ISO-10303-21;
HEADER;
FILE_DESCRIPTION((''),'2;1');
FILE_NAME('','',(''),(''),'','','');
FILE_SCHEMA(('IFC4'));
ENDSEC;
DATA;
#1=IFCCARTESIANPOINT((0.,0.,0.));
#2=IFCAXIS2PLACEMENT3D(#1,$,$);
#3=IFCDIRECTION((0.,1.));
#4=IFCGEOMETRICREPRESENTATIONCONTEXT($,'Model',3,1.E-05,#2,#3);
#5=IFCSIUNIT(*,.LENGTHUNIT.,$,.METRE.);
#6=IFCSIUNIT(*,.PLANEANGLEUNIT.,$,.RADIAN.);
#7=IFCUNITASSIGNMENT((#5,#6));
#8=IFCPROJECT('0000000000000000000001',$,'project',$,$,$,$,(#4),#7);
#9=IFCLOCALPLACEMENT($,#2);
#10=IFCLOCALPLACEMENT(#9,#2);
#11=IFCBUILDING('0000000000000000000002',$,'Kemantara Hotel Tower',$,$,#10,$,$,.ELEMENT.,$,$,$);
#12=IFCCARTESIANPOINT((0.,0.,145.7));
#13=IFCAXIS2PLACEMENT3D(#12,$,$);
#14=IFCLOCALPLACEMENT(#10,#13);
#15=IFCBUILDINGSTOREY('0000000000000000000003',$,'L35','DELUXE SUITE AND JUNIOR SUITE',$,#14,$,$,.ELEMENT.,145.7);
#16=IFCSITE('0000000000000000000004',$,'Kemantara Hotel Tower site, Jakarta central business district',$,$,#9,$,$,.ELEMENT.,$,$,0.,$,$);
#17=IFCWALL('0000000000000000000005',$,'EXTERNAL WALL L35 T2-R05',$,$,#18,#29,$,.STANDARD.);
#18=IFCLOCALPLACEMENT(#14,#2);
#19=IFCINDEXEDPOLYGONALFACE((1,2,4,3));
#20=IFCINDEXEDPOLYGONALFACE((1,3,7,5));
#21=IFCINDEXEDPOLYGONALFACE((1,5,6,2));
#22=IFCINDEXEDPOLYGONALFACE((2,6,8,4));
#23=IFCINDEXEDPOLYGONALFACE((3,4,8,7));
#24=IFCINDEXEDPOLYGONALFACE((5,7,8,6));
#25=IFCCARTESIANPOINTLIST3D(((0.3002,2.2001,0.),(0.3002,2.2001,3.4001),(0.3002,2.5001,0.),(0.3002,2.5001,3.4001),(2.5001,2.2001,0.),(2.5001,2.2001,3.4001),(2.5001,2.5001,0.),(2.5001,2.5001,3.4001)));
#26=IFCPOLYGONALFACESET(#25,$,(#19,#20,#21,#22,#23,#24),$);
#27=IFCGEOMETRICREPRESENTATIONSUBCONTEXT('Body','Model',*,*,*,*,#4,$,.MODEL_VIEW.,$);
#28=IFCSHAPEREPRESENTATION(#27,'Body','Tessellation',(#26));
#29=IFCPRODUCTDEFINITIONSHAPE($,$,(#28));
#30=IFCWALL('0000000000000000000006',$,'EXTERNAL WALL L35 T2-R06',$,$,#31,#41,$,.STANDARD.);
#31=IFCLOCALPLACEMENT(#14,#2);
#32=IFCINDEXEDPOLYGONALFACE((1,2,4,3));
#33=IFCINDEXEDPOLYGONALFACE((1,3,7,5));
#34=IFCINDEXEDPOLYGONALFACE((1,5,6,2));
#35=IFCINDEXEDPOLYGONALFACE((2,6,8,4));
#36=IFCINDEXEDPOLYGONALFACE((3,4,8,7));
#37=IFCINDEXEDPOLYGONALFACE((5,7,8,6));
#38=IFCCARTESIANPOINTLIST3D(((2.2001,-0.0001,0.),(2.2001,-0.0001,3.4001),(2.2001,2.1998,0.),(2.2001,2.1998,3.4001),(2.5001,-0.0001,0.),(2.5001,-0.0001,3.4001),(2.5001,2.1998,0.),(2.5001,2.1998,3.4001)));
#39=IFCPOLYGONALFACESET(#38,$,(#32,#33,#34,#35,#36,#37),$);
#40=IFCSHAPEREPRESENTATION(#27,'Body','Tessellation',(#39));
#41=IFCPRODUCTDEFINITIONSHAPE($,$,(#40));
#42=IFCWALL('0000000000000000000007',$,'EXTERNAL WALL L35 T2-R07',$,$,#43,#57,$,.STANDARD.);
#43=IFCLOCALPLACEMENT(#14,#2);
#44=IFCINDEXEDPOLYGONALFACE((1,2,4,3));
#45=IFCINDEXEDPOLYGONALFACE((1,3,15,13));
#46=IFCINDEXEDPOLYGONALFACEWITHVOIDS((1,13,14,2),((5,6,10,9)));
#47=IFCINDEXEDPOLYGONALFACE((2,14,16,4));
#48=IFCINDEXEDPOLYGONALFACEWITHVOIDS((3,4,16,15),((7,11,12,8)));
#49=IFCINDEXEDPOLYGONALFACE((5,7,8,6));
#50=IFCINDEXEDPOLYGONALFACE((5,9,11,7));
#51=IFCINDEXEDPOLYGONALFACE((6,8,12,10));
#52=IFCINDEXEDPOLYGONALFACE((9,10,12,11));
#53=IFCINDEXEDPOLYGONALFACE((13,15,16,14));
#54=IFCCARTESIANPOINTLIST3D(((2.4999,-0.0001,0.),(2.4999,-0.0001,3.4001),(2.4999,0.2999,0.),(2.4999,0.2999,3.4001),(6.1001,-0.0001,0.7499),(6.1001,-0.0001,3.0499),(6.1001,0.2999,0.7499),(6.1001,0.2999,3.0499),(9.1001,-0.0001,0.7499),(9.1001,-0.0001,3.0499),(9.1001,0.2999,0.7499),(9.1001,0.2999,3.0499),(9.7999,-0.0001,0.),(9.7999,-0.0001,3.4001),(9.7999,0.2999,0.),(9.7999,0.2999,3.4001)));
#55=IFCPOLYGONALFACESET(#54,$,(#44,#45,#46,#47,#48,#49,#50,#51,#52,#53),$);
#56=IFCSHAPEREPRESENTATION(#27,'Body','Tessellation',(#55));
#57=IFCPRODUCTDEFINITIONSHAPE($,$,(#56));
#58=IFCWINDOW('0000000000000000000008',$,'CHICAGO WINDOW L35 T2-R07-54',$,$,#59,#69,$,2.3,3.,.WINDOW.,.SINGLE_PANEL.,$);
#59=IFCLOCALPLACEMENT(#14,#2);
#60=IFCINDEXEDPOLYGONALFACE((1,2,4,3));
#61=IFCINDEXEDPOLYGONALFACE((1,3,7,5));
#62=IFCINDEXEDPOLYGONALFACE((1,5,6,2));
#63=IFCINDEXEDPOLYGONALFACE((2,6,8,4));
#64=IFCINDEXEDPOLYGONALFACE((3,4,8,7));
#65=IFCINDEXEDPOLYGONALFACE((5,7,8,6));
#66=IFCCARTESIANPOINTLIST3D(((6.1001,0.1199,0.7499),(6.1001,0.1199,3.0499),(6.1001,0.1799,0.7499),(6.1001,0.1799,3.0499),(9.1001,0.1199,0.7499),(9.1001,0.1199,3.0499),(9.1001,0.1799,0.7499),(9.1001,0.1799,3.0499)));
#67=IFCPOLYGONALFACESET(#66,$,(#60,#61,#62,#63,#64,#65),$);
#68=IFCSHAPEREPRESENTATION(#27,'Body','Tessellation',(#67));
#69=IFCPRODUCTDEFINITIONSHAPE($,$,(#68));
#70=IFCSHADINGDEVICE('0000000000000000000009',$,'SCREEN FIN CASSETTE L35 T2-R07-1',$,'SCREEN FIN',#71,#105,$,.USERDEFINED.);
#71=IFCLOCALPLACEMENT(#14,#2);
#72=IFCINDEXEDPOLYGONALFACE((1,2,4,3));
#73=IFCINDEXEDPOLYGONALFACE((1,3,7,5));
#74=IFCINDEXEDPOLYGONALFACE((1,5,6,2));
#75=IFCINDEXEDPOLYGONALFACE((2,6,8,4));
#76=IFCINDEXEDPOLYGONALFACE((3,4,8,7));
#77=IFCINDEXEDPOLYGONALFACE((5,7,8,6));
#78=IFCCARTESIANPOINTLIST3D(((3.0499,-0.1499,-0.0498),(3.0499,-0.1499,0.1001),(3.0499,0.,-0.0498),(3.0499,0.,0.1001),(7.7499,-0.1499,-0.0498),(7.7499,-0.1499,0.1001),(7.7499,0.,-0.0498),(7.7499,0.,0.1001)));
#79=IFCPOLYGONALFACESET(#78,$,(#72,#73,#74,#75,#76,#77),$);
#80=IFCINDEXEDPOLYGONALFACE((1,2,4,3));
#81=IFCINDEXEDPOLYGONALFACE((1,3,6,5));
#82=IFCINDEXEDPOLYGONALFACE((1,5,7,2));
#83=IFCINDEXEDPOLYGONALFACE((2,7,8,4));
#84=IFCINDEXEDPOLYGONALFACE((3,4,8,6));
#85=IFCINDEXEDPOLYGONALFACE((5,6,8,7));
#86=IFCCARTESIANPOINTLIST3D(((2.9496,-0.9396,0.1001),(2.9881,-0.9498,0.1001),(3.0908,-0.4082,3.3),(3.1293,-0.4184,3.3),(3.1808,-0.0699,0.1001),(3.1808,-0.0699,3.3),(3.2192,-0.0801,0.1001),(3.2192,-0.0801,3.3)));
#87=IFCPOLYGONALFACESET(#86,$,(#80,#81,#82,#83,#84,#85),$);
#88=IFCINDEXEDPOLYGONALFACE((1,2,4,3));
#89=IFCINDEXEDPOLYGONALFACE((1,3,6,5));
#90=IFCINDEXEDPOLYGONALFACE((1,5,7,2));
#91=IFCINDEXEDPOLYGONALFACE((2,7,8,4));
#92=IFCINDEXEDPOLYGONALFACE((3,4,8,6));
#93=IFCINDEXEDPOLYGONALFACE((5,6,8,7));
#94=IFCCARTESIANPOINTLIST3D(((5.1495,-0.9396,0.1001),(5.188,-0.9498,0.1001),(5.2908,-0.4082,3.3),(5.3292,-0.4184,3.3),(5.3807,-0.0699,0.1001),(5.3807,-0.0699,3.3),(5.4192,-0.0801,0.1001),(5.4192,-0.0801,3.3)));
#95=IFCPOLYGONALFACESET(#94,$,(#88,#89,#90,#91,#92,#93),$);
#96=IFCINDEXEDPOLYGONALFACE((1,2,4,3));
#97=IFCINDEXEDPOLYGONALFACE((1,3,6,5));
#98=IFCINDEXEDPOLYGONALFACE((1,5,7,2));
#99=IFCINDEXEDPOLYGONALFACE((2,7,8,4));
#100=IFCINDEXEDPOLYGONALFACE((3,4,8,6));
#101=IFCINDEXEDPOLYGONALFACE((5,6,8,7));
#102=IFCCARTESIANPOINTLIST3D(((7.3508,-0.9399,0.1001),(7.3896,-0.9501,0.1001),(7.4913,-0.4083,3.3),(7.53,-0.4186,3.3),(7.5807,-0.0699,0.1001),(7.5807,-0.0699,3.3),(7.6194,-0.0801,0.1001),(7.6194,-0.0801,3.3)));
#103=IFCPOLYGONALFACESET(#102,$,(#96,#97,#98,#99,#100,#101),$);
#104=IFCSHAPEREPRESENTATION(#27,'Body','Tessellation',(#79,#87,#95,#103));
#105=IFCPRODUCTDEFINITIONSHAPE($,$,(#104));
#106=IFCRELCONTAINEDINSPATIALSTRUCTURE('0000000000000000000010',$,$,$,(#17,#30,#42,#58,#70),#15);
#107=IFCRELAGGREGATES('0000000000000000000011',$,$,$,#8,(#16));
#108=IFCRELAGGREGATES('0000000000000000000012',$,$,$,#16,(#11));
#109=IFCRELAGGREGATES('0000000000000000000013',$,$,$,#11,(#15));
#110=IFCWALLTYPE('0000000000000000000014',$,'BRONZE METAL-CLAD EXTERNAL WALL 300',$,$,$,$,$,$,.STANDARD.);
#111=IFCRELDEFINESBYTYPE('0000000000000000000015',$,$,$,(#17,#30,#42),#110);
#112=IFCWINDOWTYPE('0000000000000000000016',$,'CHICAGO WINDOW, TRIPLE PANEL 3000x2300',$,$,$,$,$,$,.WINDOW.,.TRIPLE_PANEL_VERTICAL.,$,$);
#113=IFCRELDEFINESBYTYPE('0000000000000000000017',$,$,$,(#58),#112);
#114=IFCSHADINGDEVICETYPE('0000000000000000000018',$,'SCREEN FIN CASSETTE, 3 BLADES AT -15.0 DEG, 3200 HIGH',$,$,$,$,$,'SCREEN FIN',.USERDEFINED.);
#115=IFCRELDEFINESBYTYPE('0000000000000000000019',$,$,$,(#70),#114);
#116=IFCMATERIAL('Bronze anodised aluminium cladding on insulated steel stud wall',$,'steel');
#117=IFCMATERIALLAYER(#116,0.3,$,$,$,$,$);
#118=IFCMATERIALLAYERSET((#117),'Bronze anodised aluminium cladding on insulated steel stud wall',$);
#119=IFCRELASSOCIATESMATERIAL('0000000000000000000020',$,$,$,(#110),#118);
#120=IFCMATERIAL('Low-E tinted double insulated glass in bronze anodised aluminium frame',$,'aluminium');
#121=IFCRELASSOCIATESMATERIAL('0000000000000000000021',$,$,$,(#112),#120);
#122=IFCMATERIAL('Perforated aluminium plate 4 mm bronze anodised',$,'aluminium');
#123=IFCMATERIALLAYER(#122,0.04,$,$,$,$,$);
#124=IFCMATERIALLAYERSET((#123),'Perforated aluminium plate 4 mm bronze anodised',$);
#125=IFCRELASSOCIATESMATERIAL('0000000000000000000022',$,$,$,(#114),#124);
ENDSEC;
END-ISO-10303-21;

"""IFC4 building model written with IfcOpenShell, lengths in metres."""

from ifc_helpers import new_model, si_unit, direction, frame, frame_2d, origin, origin_2d, place, context, subcontext, project, spatial, polyline, rectangle, outline, extrude, source, transform, mapped, material, layer, layer_set, type_object, element, fill, save


model = new_model("IFC4")

# Units and contexts
model_context = context("Model", 3, precision=1e-05, world=origin(), true_north=direction((0.0, 1.0)))
body_context = subcontext(model_context, "Body", "Model", "MODEL_VIEW")
ifc_project = project(units=[si_unit("LENGTHUNIT", "METRE"), si_unit("PLANEANGLEUNIT", "RADIAN")], contexts=[model_context])

# Site, building, storey
site_placement = place(None, origin())
site = spatial("IfcSite", under=ifc_project, at=site_placement, Name="Kemantara Hotel Tower site, Jakarta central business district", CompositionType="ELEMENT", RefElevation=0.0)
building_placement = place(site_placement, origin())
building = spatial("IfcBuilding", under=site, at=building_placement, Name="Kemantara Hotel Tower", CompositionType="ELEMENT")
storey_placement = place(building_placement, frame((0.0, 0.0, 145.7)))
storey = spatial("IfcBuildingStorey", under=building, at=storey_placement, Name="L35", Description="DELUXE SUITE AND JUNIOR SUITE", CompositionType="ELEMENT", Elevation=145.7)

# Walls
ifc_material_1 = material(Name="Bronze anodised aluminium cladding on insulated steel stud wall", Category="steel")
ifc_layer_1 = layer(ifc_material_1, 0.3)
ifc_layer_set_1 = layer_set([ifc_layer_1], Name="Bronze anodised aluminium cladding on insulated steel stud wall")
wall_type = type_object("IfcWallType", Name="BRONZE METAL-CLAD EXTERNAL WALL 300", PredefinedType="STANDARD", material=ifc_layer_set_1)
for number, where, z_axis, x_axis, name in (
    (1, (0.3, 2.3501, 0.0), (0.0, 0.0, 1.0), (1.0, 0.0, 0.0), "EXTERNAL WALL L35 T2-R05"),
    (2, (2.3501, 2.2, 0.0), (0.0, 0.0, 1.0), (0.0, -1.0, 0.0), "EXTERNAL WALL L35 T2-R06"),
):
    element("IfcWall", number, at=place(storey_placement, frame(where, z_axis=z_axis, x_axis=x_axis)), inside=storey, type_object=wall_type, Name=name, PredefinedType="STANDARD", context=body_context, shape_type="SweptSolid", body=[
        extrude(rectangle(XDim=2.2, YDim=0.3, at=frame_2d((1.1001, 0.0))), origin(), (0.0, 0.0, 1.0), 3.4001),
    ])

# Wall, opening, window
wall_placement = place(storey_placement, frame((2.5, 0.1499, 0.0), z_axis=(0.0, 0.0, 1.0), x_axis=(1.0, 0.0, 0.0)))
wall = element("IfcWall", 3, at=wall_placement, inside=storey, type_object=wall_type, Name="EXTERNAL WALL L35 T2-R07", PredefinedType="STANDARD", context=body_context, shape_type="SweptSolid", body=[
    extrude(rectangle(XDim=7.3, YDim=0.3, at=frame_2d((3.6499, 0.0))), origin(), (0.0, 0.0, 1.0), 3.4001),
])
opening_placement = place(wall_placement, frame((3.6001, 0.0, 0.75)))
opening = element("IfcOpeningElement", 4, at=opening_placement, cuts=wall, PredefinedType="OPENING", context=body_context, shape_type="SweptSolid", body=[
    extrude(rectangle(XDim=3.0, YDim=2.3, at=frame_2d((1.5, 1.1499))), frame((0.0, 0.1599, 0.0), z_axis=(0.0, -1.0, 0.0), x_axis=(1.0, 0.0, 0.0)), (0.0, 0.0, 1.0), 0.3201),
])
ifc_material_2 = material(Name="Low-E tinted double insulated glass in bronze anodised aluminium frame", Category="aluminium")
window_type = type_object("IfcWindowType", Name="CHICAGO WINDOW, TRIPLE PANEL 3000x2300", PartitioningType="TRIPLE_PANEL_VERTICAL", PredefinedType="WINDOW", material=ifc_material_2)
window_placement = place(opening_placement, origin())
window = element("IfcWindow", 5, at=window_placement, inside=storey, type_object=window_type, Name="CHICAGO WINDOW L35 T2-R07-54", OverallHeight=2.3, OverallWidth=3.0, PartitioningType="SINGLE_PANEL", PredefinedType="WINDOW", context=body_context, shape_type="SweptSolid", body=[
    extrude(rectangle(XDim=3.0, YDim=2.3, at=frame_2d((1.5, 1.1499))), frame((0.0, 0.03, 0.0), z_axis=(0.0, -1.0, 0.0), x_axis=(1.0, 0.0, 0.0)), (0.0, 0.0, 1.0), 0.0601),
])
fill(opening, window)

# Shading device
ifc_material_3 = material(Name="Perforated aluminium plate 4 mm bronze anodised", Category="aluminium")
ifc_layer_2 = layer(ifc_material_3, 0.04)
ifc_layer_set_2 = layer_set([ifc_layer_2], Name="Perforated aluminium plate 4 mm bronze anodised")
shading_device_type = type_object("IfcShadingDeviceType", Name="SCREEN FIN CASSETTE, 3 BLADES AT -15.0 DEG, 3200 HIGH", ElementType="SCREEN FIN", PredefinedType="USERDEFINED", material=ifc_layer_set_2)
shared_shape = source(origin(), body_context, "Body", "SweptSolid", [
    extrude(rectangle(XDim=4.7, YDim=0.1499, at=origin_2d()), frame((2.2, -0.075, -0.1499), z_axis=(0.0, 0.0, 1.0), x_axis=(1.0, 0.0, 0.0)), (0.0, 0.0, 1.0), 0.1499),
    extrude(outline(polyline([(0.0, 0.0), (0.8999, 0.0), (0.3501, 3.2), (0.0, 3.2), (0.0, 0.0)])), frame((0.0193, -0.0801, 0.0), z_axis=(-0.966438, 0.256901, 0.0), x_axis=(-0.256901, -0.966438, 0.0)), (0.0, 0.0, 1.0), 0.0398),
    extrude(outline(polyline([(0.0, 0.0), (0.8999, 0.0), (0.3501, 3.2), (0.0, 3.2), (0.0, 0.0)])), frame((2.2192, -0.0801, 0.0), z_axis=(-0.966438, 0.256901, 0.0), x_axis=(-0.256901, -0.966438, 0.0)), (0.0, 0.0, 1.0), 0.0398),
    extrude(outline(polyline([(0.0, 0.0), (0.8999, 0.0), (0.3501, 3.2), (0.0, 3.2), (0.0, 0.0)])), frame((4.4194, -0.0801, 0.0), z_axis=(-0.966838, 0.255391, 0.0), x_axis=(-0.255391, -0.966838, 0.0)), (0.0, 0.0, 1.0), 0.04),
])
shading_device_placement = place(storey_placement, frame((3.2, 0.0, 0.1001), z_axis=(0.0, 0.0, 1.0), x_axis=(1.0, 0.0, 0.0)))
element("IfcShadingDevice", 6, at=shading_device_placement, inside=storey, type_object=shading_device_type, Name="SCREEN FIN CASSETTE L35 T2-R07-1", ObjectType="SCREEN FIN", PredefinedType="USERDEFINED", context=body_context, shape_type="MappedRepresentation", body=[
    mapped(shared_shape, transform((0.0, 0.0, 0.0))),
])

save(model, "model.ifc")
